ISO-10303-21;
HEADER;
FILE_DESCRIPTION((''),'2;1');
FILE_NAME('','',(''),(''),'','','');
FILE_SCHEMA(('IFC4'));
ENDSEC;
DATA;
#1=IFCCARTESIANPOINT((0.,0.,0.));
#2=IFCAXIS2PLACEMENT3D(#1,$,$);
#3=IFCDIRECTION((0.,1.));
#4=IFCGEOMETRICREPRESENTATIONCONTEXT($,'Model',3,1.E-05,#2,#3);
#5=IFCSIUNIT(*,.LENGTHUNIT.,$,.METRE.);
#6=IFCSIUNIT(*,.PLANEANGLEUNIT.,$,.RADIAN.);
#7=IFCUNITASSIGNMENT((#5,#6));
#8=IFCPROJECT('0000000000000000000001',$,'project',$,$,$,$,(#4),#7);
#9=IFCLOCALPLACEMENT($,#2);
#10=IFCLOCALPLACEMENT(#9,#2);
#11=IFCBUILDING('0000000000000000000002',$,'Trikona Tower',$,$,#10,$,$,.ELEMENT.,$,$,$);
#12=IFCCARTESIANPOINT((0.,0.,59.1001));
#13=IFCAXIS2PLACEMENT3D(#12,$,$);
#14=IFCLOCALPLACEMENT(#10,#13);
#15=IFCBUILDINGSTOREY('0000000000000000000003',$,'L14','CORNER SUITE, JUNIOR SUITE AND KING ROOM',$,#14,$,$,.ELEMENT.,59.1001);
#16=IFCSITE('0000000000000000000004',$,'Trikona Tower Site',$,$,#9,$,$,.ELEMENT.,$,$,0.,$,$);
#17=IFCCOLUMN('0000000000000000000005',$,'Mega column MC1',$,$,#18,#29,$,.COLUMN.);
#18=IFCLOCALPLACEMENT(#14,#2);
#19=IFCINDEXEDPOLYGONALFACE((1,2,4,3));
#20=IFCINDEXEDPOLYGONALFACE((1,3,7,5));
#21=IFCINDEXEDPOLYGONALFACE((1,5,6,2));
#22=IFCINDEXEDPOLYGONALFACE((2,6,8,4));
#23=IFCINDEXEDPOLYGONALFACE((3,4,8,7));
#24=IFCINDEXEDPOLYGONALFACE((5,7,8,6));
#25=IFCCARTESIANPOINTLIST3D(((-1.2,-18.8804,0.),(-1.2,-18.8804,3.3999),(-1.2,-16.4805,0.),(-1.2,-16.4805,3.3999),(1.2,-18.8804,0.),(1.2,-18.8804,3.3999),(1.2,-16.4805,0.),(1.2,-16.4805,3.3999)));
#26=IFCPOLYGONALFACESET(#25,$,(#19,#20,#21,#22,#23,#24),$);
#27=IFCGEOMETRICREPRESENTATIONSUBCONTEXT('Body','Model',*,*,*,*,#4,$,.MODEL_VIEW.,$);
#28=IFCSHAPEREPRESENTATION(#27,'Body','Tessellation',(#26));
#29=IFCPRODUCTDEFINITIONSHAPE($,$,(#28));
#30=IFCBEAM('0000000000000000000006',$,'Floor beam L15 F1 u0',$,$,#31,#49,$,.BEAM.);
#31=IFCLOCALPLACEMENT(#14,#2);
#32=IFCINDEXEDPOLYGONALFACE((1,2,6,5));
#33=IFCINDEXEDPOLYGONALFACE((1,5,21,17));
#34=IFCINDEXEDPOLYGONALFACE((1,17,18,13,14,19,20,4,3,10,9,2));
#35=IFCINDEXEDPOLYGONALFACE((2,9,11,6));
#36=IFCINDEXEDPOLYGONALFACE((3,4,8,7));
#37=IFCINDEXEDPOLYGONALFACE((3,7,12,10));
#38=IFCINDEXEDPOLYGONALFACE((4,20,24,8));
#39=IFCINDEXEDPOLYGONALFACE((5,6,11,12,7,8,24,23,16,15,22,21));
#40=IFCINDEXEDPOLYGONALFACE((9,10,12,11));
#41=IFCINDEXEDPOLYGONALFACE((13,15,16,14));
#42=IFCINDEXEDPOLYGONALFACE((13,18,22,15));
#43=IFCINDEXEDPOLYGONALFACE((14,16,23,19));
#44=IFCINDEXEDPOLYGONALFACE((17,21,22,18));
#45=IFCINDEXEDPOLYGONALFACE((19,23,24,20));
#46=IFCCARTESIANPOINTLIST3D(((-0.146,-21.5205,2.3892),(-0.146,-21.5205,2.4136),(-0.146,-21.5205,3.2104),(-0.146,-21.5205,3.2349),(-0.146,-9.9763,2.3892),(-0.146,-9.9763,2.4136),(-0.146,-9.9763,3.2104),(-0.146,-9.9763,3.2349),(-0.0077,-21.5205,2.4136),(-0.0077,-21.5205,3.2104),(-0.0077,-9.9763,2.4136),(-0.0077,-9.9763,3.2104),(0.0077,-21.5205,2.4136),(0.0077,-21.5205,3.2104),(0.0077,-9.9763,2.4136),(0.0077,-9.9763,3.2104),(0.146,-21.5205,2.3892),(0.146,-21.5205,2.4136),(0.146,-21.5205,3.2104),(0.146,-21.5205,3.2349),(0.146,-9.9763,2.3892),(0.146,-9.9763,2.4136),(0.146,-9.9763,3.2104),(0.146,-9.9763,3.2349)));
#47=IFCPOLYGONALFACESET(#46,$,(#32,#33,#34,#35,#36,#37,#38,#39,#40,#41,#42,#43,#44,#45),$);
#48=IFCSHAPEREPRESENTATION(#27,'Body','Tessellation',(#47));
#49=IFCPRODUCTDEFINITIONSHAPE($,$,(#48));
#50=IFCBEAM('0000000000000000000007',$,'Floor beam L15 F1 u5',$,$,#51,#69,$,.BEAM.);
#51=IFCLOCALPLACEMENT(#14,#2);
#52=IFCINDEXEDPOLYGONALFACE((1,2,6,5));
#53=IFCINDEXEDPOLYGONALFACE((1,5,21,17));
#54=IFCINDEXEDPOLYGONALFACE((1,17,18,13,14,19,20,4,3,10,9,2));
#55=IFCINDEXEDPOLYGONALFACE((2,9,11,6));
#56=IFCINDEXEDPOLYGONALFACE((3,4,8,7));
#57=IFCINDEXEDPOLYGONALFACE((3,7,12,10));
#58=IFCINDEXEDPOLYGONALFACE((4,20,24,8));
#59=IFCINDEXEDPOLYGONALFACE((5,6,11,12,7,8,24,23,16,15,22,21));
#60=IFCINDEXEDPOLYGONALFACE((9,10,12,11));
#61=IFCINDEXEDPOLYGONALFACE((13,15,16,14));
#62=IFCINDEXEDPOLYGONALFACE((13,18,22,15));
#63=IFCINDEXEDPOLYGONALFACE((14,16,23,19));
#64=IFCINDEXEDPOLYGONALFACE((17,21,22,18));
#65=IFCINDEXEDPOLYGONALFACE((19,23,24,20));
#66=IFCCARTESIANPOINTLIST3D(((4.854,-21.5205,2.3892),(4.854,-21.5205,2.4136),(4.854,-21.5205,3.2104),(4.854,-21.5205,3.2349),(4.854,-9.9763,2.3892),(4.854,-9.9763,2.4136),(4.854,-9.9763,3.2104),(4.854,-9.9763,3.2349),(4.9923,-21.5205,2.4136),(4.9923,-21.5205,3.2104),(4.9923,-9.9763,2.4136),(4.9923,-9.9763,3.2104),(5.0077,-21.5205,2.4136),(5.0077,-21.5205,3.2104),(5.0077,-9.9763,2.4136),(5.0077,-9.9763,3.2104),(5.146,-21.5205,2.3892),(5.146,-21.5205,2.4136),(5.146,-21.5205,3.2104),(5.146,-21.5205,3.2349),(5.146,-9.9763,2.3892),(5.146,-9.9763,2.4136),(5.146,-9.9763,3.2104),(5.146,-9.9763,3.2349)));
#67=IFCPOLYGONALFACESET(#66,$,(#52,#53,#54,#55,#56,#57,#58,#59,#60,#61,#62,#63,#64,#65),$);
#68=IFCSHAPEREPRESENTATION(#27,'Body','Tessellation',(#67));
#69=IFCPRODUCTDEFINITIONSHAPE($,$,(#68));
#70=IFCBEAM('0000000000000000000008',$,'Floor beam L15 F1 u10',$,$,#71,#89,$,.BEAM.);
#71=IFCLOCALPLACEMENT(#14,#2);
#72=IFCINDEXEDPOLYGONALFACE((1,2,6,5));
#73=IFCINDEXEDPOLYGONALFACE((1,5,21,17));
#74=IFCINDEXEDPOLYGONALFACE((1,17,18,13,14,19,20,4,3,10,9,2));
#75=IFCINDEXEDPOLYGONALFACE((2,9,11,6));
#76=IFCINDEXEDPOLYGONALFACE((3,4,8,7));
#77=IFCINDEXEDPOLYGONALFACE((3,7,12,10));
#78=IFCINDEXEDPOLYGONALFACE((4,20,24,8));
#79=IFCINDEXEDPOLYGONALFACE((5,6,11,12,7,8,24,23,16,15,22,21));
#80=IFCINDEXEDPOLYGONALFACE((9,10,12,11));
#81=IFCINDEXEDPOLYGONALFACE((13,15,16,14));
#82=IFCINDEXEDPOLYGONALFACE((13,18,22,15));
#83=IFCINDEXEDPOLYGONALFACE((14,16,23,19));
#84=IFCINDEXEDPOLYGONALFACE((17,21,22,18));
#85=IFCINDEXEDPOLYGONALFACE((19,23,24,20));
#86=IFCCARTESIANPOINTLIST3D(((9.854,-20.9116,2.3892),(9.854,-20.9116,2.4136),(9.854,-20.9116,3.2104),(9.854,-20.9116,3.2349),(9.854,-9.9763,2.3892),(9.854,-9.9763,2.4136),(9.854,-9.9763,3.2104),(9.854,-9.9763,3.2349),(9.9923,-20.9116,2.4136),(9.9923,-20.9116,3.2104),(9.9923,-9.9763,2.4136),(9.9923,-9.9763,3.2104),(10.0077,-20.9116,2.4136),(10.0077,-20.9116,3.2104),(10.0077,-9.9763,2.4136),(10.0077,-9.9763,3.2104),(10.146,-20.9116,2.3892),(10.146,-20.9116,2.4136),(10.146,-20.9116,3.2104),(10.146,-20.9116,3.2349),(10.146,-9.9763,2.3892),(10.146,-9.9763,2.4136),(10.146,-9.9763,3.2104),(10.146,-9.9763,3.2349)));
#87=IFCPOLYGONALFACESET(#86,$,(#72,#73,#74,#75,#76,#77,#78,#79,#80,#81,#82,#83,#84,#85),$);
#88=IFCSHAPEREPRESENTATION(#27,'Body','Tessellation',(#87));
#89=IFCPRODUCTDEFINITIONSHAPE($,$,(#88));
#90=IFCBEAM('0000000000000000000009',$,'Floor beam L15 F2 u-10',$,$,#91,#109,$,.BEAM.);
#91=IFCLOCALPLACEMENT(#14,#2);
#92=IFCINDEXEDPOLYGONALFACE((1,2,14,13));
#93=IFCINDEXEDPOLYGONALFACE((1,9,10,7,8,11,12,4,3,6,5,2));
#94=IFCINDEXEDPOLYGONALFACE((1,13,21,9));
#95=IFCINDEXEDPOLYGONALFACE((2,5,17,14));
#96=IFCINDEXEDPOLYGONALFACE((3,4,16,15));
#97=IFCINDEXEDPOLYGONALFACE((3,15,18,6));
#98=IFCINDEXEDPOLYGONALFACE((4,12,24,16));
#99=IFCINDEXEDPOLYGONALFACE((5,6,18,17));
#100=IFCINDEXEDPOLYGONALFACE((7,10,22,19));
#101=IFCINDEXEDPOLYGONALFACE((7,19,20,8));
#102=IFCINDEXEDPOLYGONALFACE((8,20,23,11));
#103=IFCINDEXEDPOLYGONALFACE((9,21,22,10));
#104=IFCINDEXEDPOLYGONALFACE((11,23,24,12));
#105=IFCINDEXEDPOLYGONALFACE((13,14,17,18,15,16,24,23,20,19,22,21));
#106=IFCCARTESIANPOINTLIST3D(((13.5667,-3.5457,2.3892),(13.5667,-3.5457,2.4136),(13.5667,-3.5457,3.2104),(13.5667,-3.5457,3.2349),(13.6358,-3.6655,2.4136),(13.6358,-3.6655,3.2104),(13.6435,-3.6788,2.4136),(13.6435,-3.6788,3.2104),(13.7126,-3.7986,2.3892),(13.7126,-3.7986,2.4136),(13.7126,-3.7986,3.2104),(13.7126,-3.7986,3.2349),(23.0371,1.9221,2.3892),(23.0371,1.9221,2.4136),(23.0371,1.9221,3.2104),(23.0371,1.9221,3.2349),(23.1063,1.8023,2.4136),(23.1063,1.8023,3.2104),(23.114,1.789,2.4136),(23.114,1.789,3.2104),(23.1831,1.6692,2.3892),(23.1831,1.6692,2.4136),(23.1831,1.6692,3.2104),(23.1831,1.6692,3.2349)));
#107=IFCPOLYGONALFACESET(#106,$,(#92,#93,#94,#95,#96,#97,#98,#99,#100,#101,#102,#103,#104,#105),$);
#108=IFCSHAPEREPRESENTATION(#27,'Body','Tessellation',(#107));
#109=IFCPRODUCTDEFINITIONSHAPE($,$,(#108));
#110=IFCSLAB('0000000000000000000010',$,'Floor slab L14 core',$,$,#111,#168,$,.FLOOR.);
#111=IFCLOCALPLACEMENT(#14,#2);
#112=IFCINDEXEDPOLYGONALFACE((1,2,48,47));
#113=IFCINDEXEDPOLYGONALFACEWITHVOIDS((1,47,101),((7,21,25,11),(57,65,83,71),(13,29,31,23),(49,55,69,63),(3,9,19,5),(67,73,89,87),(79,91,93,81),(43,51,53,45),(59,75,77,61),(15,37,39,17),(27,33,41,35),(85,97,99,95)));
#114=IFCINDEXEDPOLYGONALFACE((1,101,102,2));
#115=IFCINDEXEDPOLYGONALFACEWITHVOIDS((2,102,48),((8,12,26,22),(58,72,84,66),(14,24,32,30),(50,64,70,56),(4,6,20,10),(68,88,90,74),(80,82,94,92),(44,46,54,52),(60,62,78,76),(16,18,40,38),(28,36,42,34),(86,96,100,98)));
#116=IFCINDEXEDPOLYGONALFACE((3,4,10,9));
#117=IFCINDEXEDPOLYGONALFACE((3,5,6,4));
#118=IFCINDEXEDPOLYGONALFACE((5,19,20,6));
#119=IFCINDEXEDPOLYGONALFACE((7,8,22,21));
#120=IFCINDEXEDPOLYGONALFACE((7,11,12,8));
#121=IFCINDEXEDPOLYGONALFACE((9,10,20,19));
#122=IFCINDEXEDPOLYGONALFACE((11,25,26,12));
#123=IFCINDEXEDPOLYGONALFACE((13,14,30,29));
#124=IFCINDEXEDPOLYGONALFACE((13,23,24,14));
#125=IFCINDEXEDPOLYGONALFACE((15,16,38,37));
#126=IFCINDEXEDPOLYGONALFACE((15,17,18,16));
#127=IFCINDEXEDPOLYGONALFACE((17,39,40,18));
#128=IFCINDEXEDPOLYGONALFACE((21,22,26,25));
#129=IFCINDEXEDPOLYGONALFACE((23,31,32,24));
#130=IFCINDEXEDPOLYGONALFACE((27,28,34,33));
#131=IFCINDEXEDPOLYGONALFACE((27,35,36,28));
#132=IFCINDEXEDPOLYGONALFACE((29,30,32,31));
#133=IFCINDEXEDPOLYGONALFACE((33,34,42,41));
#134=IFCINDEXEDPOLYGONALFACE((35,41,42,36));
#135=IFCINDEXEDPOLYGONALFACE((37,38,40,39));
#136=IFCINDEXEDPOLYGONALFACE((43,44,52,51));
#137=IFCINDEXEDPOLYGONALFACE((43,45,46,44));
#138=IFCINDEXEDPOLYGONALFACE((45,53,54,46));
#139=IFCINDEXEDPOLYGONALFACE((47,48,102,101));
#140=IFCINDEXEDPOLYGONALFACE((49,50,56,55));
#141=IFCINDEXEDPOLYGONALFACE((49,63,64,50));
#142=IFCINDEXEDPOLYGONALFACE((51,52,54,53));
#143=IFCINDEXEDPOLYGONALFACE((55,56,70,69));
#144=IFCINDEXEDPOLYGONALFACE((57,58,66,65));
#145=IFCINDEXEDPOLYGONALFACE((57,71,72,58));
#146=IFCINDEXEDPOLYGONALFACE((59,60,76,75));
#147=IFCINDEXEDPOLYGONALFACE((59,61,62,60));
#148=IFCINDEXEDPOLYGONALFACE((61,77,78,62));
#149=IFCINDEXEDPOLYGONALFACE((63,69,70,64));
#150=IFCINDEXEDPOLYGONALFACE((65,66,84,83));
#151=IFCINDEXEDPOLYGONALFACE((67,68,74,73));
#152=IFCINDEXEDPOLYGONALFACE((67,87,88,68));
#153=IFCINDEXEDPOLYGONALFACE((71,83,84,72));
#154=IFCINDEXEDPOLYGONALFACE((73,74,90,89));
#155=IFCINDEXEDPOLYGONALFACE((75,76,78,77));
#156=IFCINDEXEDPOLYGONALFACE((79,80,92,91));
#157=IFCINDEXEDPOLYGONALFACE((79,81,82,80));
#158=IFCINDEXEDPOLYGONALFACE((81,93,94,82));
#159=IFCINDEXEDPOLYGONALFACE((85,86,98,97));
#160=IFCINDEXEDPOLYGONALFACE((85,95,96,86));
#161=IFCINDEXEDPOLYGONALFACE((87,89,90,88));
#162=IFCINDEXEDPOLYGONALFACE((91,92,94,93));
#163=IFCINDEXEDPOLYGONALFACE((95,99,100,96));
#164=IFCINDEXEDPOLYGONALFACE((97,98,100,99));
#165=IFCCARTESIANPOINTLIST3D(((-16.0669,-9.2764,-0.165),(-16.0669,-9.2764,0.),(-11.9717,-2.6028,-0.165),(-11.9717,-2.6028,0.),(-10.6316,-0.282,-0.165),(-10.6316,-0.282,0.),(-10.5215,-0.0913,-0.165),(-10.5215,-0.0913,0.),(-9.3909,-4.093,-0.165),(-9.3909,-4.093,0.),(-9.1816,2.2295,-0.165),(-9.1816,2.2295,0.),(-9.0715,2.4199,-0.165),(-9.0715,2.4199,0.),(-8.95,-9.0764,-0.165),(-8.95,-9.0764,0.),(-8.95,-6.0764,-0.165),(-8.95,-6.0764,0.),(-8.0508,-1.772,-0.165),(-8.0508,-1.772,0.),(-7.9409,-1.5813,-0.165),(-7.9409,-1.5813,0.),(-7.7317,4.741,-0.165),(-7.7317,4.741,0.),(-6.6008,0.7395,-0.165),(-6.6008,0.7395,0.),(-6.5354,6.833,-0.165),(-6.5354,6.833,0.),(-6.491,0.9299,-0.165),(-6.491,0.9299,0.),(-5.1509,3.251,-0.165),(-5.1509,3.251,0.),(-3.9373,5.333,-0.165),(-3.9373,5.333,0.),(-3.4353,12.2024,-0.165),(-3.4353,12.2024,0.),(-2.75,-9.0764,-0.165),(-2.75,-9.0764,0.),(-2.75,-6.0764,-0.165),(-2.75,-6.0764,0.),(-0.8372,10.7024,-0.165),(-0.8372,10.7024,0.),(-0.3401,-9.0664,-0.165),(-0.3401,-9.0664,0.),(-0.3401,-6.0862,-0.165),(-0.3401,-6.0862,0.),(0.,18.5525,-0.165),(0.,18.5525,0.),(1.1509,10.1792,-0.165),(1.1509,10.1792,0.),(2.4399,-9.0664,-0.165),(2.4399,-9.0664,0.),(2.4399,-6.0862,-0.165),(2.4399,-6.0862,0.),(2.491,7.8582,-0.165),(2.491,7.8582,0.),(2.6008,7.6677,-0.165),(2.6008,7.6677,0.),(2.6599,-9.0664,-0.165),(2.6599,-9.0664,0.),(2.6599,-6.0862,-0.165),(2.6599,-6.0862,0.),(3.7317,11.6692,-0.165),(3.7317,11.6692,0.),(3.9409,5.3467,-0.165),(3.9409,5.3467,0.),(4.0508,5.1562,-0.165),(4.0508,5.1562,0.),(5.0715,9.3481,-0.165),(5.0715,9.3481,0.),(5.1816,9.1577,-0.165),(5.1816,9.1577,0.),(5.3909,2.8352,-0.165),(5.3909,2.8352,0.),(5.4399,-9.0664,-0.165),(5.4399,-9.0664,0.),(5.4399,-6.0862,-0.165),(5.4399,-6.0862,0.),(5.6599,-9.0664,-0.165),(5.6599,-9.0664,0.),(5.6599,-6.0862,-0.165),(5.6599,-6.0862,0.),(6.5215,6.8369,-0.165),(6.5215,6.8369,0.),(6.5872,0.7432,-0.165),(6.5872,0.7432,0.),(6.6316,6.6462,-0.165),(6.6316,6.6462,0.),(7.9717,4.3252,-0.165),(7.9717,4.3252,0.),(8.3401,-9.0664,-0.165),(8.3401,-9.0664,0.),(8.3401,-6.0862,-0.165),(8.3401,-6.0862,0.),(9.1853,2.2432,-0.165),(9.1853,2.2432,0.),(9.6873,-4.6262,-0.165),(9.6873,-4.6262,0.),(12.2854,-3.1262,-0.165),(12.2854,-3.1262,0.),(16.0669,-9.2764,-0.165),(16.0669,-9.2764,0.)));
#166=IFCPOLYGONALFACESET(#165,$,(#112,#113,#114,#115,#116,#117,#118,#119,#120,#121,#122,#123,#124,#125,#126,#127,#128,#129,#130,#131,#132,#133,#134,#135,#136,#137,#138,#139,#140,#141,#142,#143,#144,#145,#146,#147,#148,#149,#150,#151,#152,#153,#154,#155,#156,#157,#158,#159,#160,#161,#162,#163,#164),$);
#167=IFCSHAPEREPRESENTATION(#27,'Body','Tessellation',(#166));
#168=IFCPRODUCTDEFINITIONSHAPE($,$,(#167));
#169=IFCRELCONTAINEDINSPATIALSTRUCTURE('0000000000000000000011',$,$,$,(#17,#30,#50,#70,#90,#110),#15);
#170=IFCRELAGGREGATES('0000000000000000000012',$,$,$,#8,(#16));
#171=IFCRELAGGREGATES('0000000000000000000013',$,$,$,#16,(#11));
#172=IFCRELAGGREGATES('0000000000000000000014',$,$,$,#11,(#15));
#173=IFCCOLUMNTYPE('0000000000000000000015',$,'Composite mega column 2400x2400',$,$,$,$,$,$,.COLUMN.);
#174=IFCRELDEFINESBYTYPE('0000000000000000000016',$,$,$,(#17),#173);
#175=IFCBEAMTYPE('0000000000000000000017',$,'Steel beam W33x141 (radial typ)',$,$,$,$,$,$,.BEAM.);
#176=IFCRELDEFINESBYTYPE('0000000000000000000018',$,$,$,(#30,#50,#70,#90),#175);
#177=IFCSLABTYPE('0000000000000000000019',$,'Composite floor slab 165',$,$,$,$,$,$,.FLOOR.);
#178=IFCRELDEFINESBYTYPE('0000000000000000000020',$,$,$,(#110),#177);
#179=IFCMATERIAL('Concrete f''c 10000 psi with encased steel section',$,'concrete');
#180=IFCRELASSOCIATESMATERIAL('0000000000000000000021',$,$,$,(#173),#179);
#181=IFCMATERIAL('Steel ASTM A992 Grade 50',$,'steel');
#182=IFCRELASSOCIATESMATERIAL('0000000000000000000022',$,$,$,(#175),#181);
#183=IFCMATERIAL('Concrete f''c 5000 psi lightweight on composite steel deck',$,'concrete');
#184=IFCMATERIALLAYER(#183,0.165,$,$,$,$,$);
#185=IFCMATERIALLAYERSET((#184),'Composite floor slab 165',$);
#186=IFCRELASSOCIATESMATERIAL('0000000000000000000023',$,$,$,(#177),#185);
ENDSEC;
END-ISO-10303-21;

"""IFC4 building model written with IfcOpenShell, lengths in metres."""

from ifc_helpers import new_model, si_unit, direction, frame, origin, origin_2d, place, context, subcontext, project, spatial, polyline, rectangle, i_section, outline, extrude, material, layer, layer_set, material_profile, profile_set, type_object, element, save


model = new_model("IFC4")

# Units and contexts
model_context = context("Model", 3, precision=1e-05, world=origin(), true_north=direction((0.0, 1.0)))
body_context = subcontext(model_context, "Body", "Model", "MODEL_VIEW")
ifc_project = project(units=[si_unit("LENGTHUNIT", "METRE"), si_unit("PLANEANGLEUNIT", "RADIAN")], contexts=[model_context])

# Site, building, storey
site_placement = place(None, origin())
site = spatial("IfcSite", under=ifc_project, at=site_placement, Name="Trikona Tower Site", CompositionType="ELEMENT", RefElevation=0.0)
building_placement = place(site_placement, origin())
building = spatial("IfcBuilding", under=site, at=building_placement, Name="Trikona Tower", CompositionType="ELEMENT")
storey_placement = place(building_placement, frame((0.0, 0.0, 59.1001)))
storey = spatial("IfcBuildingStorey", under=building, at=storey_placement, Name="L14", Description="CORNER SUITE, JUNIOR SUITE AND KING ROOM", CompositionType="ELEMENT", Elevation=59.1001)

# Column
ifc_material_1 = material(Name="Concrete f'c 10000 psi with encased steel section", Category="concrete")
ifc_material_profile_1 = material_profile(ifc_material_1, rectangle(XDim=2.3999, YDim=2.3999, at=origin_2d()), Name="MC2400")
ifc_profile_set_1 = profile_set([ifc_material_profile_1], Name="Concrete f'c 10000 psi with encased steel section")
column_type = type_object("IfcColumnType", Name="Composite mega column 2400x2400", PredefinedType="COLUMN", material=ifc_profile_set_1)
column_placement = place(storey_placement, frame((0.0, -17.6804, 0.0), z_axis=(0.0, 0.0, 1.0), x_axis=(0.0, -1.0, 0.0)))
element("IfcColumn", 1, at=column_placement, inside=storey, type_object=column_type, Name="Mega column MC1", PredefinedType="COLUMN", context=body_context, shape_type="SweptSolid", body=[
    extrude(rectangle(XDim=2.3999, YDim=2.3999, at=origin_2d()), origin(), (0.0, 0.0, 1.0), 3.3999),
])

# Beams
ifc_material_2 = material(Name="Steel ASTM A992 Grade 50", Category="steel")
ifc_material_profile_2 = material_profile(ifc_material_2, i_section(OverallWidth=0.292, OverallDepth=0.8457, WebThickness=0.0154, FlangeThickness=0.0244, at=origin_2d()), Name="W33X141")
ifc_profile_set_2 = profile_set([ifc_material_profile_2], Name="Steel ASTM A992 Grade 50")
beam_type = type_object("IfcBeamType", Name="Steel beam W33x141 (radial typ)", PredefinedType="BEAM", material=ifc_profile_set_2)
for number, where, z_axis, x_axis, name in (
    (2, (0.0, -9.9763, 2.812), (0.0, -1.0, 0.0), (1.0, 0.0, 0.0), "Floor beam L15 F1 u0"),
    (3, (5.0, -9.9763, 2.812), (0.0, -1.0, 0.0), (1.0, 0.0, 0.0), "Floor beam L15 F1 u5"),
):
    element("IfcBeam", number, at=place(storey_placement, frame(where, z_axis=z_axis, x_axis=x_axis)), inside=storey, type_object=beam_type, Name=name, PredefinedType="BEAM", context=body_context, shape_type="SweptSolid", body=[
        extrude(i_section(OverallWidth=0.292, OverallDepth=0.8457, WebThickness=0.0154, FlangeThickness=0.0244, at=origin_2d()), origin(), (0.0, 0.0, 1.0), 11.5442),
    ])
beam_1_placement = place(storey_placement, frame((10.0, -9.9763, 2.812), z_axis=(0.0, -1.0, 0.0), x_axis=(1.0, 0.0, 0.0)))
element("IfcBeam", 4, at=beam_1_placement, inside=storey, type_object=beam_type, Name="Floor beam L15 F1 u10", PredefinedType="BEAM", context=body_context, shape_type="SweptSolid", body=[
    extrude(i_section(OverallWidth=0.292, OverallDepth=0.8457, WebThickness=0.0154, FlangeThickness=0.0244, at=origin_2d()), origin(), (0.0, 0.0, 1.0), 10.9353),
])
beam_2_placement = place(storey_placement, frame((13.6396, -3.6721, 2.812), z_axis=(0.866025, 0.5, 0.0), x_axis=(-0.5, 0.866025, 0.0)))
element("IfcBeam", 5, at=beam_2_placement, inside=storey, type_object=beam_type, Name="Floor beam L15 F2 u-10", PredefinedType="BEAM", context=body_context, shape_type="SweptSolid", body=[
    extrude(i_section(OverallWidth=0.292, OverallDepth=0.8457, WebThickness=0.0154, FlangeThickness=0.0244, at=origin_2d()), origin(), (0.0, 0.0, 1.0), 10.9355),
])

# Slab
ifc_material_3 = material(Name="Concrete f'c 5000 psi lightweight on composite steel deck", Category="concrete")
ifc_layer_1 = layer(ifc_material_3, 0.165)
ifc_layer_set_1 = layer_set([ifc_layer_1], Name="Composite floor slab 165")
slab_type = type_object("IfcSlabType", Name="Composite floor slab 165", PredefinedType="FLOOR", material=ifc_layer_set_1)
slab_1_placement = place(storey_placement, frame((0.0, 0.0, -0.165)))
element("IfcSlab", 6, at=slab_1_placement, inside=storey, type_object=slab_type, Name="Floor slab L14 core", PredefinedType="FLOOR", context=body_context, shape_type="SweptSolid", body=[
    extrude(outline(polyline([(-16.0669, -9.2764), (16.0669, -9.2764), (0.0, 18.5525), (-16.0669, -9.2764)]), holes=[polyline([(12.2854, -3.1262), (9.1853, 2.2432), (6.5872, 0.7432), (9.6873, -4.6262), (12.2854, -3.1262)]), polyline([(8.3401, -9.0664), (8.3401, -6.0862), (5.6599, -6.0862), (5.6599, -9.0664), (8.3401, -9.0664)]), polyline([(5.3909, 2.8352), (7.9717, 4.3252), (6.6316, 6.6462), (4.0508, 5.1562), (5.3909, 2.8352)]), polyline([(2.6008, 7.6677), (3.9409, 5.3467), (6.5215, 6.8369), (5.1816, 9.1577), (2.6008, 7.6677)]), polyline([(5.4399, -6.0862), (2.6599, -6.0862), (2.6599, -9.0664), (5.4399, -9.0664), (5.4399, -6.0862)]), polyline([(3.7317, 11.6692), (1.1509, 10.1792), (2.491, 7.8582), (5.0715, 9.3481), (3.7317, 11.6692)]), polyline([(-0.3401, -6.0862), (-0.3401, -9.0664), (2.4399, -9.0664), (2.4399, -6.0862), (-0.3401, -6.0862)]), polyline([(-3.4353, 12.2024), (-6.5354, 6.833), (-3.9373, 5.333), (-0.8372, 10.7024), (-3.4353, 12.2024)]), polyline([(-8.95, -9.0764), (-2.75, -9.0764), (-2.75, -6.0764), (-8.95, -6.0764), (-8.95, -9.0764)]), polyline([(-5.1509, 3.251), (-7.7317, 4.741), (-9.0715, 2.4199), (-6.491, 0.9299), (-5.1509, 3.251)]), polyline([(-7.9409, -1.5813), (-6.6008, 0.7395), (-9.1816, 2.2295), (-10.5215, -0.0913), (-7.9409, -1.5813)]), polyline([(-11.9717, -2.6028), (-9.3909, -4.093), (-8.0508, -1.772), (-10.6316, -0.282), (-11.9717, -2.6028)])]), origin(), (0.0, 0.0, 1.0), 0.165),
])

save(model, "model.ifc")
